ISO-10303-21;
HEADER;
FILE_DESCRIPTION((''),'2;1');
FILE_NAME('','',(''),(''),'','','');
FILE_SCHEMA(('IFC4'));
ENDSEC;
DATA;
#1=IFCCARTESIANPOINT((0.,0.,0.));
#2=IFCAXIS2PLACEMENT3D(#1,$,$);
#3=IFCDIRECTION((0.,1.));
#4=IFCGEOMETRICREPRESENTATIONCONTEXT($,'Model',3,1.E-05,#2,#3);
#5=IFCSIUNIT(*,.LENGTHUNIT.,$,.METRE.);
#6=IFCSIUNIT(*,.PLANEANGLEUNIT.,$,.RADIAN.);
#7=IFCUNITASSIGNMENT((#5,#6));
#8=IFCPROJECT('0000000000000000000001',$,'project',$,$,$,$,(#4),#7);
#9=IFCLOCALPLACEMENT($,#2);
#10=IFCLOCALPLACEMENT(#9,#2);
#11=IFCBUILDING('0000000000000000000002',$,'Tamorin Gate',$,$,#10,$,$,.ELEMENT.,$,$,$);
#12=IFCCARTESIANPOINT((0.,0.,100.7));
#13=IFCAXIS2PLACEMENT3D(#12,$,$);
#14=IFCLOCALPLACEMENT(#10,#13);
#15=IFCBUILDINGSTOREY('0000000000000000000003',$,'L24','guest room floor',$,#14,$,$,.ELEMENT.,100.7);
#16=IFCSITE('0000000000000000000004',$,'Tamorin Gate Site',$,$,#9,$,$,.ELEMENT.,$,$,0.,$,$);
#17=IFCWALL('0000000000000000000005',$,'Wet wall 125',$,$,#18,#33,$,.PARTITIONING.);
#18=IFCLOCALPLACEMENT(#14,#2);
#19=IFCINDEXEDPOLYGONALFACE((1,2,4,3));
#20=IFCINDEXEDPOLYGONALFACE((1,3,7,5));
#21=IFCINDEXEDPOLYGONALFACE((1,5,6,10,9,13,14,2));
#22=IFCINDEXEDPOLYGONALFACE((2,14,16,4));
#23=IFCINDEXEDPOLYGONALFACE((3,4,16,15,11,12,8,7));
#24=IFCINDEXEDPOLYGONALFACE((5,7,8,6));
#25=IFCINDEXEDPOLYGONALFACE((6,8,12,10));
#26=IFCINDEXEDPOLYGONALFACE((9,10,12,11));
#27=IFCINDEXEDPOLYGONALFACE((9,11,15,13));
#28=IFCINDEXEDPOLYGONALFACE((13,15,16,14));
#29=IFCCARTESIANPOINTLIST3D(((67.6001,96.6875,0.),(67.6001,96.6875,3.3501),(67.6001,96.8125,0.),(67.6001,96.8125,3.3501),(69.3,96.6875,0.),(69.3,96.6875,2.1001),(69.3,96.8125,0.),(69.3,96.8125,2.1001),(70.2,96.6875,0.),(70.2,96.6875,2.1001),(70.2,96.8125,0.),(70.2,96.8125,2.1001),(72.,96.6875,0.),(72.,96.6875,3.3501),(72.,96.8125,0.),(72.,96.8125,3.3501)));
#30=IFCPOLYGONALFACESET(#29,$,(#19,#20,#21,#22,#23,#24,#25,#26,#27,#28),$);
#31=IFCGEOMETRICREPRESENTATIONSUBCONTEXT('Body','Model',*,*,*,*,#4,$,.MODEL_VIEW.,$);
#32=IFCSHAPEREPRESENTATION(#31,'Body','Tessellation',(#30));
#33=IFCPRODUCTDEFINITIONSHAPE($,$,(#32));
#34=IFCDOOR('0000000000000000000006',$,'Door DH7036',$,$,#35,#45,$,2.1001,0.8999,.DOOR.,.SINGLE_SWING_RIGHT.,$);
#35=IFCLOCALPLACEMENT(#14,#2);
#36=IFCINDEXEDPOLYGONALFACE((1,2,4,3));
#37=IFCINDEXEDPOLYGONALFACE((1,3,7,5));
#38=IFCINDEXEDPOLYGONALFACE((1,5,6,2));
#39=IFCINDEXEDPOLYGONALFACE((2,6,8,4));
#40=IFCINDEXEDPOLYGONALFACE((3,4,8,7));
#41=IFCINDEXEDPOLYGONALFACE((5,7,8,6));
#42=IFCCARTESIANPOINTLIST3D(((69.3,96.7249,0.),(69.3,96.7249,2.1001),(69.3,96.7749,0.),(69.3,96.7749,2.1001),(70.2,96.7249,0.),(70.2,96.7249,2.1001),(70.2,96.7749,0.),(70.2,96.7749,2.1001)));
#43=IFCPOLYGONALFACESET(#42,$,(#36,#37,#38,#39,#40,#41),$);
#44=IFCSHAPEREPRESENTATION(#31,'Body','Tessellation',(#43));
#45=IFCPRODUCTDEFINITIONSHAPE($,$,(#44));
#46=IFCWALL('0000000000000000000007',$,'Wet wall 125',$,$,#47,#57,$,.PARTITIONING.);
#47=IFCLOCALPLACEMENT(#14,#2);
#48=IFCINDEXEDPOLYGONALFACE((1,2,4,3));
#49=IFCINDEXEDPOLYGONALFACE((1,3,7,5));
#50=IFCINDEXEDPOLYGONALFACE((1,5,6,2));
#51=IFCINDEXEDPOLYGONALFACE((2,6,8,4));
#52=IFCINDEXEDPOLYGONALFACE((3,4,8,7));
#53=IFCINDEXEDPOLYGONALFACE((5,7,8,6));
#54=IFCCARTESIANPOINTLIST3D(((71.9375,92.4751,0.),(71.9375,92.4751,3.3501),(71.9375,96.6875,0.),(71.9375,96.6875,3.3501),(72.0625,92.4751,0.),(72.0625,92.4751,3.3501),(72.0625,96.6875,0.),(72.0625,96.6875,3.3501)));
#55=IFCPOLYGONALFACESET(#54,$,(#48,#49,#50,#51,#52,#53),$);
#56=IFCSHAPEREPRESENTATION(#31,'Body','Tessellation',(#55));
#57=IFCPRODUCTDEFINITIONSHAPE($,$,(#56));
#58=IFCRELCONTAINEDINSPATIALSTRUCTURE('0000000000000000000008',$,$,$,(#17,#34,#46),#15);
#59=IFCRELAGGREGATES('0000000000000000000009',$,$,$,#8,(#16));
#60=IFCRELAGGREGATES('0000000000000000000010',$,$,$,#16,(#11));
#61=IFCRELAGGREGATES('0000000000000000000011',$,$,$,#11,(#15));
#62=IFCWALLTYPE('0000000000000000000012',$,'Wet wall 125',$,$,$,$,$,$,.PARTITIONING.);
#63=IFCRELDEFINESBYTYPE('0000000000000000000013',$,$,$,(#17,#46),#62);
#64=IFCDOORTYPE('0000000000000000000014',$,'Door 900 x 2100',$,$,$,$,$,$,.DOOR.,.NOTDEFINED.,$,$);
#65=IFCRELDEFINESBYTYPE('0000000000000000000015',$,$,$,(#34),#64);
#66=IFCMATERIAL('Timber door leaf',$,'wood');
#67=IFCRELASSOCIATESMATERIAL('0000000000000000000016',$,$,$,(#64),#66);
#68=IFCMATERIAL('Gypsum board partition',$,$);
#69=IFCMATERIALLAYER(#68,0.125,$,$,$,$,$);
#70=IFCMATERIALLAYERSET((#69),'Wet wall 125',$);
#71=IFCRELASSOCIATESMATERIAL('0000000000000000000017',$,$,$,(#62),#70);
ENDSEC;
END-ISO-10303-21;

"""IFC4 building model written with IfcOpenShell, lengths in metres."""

from ifc_helpers import new_model, si_unit, direction, frame, frame_2d, origin, place, context, subcontext, project, spatial, rectangle, extrude, material, layer, layer_set, type_object, element, fill, save


model = new_model("IFC4")

# Units and contexts
model_context = context("Model", 3, precision=1e-05, world=origin(), true_north=direction((0.0, 1.0)))
body_context = subcontext(model_context, "Body", "Model", "MODEL_VIEW")
ifc_project = project(units=[si_unit("LENGTHUNIT", "METRE"), si_unit("PLANEANGLEUNIT", "RADIAN")], contexts=[model_context])

# Site, building, storey
site_placement = place(None, origin())
site = spatial("IfcSite", under=ifc_project, at=site_placement, Name="Tamorin Gate Site", CompositionType="ELEMENT", RefElevation=0.0)
building_placement = place(site_placement, origin())
building = spatial("IfcBuilding", under=site, at=building_placement, Name="Tamorin Gate", CompositionType="ELEMENT")
storey_placement = place(building_placement, frame((0.0, 0.0, 100.7)))
storey = spatial("IfcBuildingStorey", under=building, at=storey_placement, Name="L24", Description="guest room floor", CompositionType="ELEMENT", Elevation=100.7)

# Shared definitions
ifc_material_1 = material(Name="Gypsum board partition")

# Wall, opening, door
ifc_material_2 = material(Name="Timber door leaf", Category="wood")
door_type = type_object("IfcDoorType", Name="Door 900 x 2100", OperationType="NOTDEFINED", PredefinedType="DOOR", material=ifc_material_2)
ifc_layer_1 = layer(ifc_material_1, 0.125)
ifc_layer_set_1 = layer_set([ifc_layer_1], Name="Wet wall 125")
wall_type_1 = type_object("IfcWallType", Name="Wet wall 125", PredefinedType="PARTITIONING", material=ifc_layer_set_1)
wall_1_placement = place(storey_placement, frame((67.6001, 96.75, 0.0), z_axis=(0.0, 0.0, 1.0), x_axis=(1.0, 0.0, 0.0)))
wall_1 = element("IfcWall", 1, at=wall_1_placement, inside=storey, type_object=wall_type_1, Name="Wet wall 125", PredefinedType="PARTITIONING", context=body_context, shape_type="SweptSolid", body=[
    extrude(rectangle(XDim=4.3999, YDim=0.125, at=frame_2d((2.2, 0.0))), origin(), (0.0, 0.0, 1.0), 3.3501),
])
opening_1_placement = place(wall_1_placement, frame((1.7, 0.0, 0.0)))
opening_1 = element("IfcOpeningElement", 2, at=opening_1_placement, cuts=wall_1, PredefinedType="OPENING", context=body_context, shape_type="SweptSolid", body=[
    extrude(rectangle(XDim=0.8999, YDim=2.1001, at=frame_2d((0.45, 1.05))), frame((0.0, 0.0725, 0.0), z_axis=(0.0, -1.0, 0.0), x_axis=(1.0, 0.0, 0.0)), (0.0, 0.0, 1.0), 0.145),
])
door_1_placement = place(opening_1_placement, origin())
door_1 = element("IfcDoor", 3, at=door_1_placement, inside=storey, type_object=door_type, Name="Door DH7036", OperationType="SINGLE_SWING_RIGHT", OverallHeight=2.1001, OverallWidth=0.8999, PredefinedType="DOOR", context=body_context, shape_type="SweptSolid", body=[
    extrude(rectangle(XDim=0.8999, YDim=2.1001, at=frame_2d((0.45, 1.05))), frame((0.0, 0.0249, 0.0), z_axis=(0.0, -1.0, 0.0), x_axis=(1.0, 0.0, 0.0)), (0.0, 0.0, 1.0), 0.05),
])
fill(opening_1, door_1)

# Wall
wall_2_placement = place(storey_placement, frame((72.0, 92.4751, 0.0), z_axis=(0.0, 0.0, 1.0), x_axis=(0.0, 1.0, 0.0)))
element("IfcWall", 4, at=wall_2_placement, inside=storey, type_object=wall_type_1, Name="Wet wall 125", PredefinedType="PARTITIONING", context=body_context, shape_type="SweptSolid", body=[
    extrude(rectangle(XDim=4.2124, YDim=0.125, at=frame_2d((2.1062, 0.0))), origin(), (0.0, 0.0, 1.0), 3.3501),
])

save(model, "model.ifc")
